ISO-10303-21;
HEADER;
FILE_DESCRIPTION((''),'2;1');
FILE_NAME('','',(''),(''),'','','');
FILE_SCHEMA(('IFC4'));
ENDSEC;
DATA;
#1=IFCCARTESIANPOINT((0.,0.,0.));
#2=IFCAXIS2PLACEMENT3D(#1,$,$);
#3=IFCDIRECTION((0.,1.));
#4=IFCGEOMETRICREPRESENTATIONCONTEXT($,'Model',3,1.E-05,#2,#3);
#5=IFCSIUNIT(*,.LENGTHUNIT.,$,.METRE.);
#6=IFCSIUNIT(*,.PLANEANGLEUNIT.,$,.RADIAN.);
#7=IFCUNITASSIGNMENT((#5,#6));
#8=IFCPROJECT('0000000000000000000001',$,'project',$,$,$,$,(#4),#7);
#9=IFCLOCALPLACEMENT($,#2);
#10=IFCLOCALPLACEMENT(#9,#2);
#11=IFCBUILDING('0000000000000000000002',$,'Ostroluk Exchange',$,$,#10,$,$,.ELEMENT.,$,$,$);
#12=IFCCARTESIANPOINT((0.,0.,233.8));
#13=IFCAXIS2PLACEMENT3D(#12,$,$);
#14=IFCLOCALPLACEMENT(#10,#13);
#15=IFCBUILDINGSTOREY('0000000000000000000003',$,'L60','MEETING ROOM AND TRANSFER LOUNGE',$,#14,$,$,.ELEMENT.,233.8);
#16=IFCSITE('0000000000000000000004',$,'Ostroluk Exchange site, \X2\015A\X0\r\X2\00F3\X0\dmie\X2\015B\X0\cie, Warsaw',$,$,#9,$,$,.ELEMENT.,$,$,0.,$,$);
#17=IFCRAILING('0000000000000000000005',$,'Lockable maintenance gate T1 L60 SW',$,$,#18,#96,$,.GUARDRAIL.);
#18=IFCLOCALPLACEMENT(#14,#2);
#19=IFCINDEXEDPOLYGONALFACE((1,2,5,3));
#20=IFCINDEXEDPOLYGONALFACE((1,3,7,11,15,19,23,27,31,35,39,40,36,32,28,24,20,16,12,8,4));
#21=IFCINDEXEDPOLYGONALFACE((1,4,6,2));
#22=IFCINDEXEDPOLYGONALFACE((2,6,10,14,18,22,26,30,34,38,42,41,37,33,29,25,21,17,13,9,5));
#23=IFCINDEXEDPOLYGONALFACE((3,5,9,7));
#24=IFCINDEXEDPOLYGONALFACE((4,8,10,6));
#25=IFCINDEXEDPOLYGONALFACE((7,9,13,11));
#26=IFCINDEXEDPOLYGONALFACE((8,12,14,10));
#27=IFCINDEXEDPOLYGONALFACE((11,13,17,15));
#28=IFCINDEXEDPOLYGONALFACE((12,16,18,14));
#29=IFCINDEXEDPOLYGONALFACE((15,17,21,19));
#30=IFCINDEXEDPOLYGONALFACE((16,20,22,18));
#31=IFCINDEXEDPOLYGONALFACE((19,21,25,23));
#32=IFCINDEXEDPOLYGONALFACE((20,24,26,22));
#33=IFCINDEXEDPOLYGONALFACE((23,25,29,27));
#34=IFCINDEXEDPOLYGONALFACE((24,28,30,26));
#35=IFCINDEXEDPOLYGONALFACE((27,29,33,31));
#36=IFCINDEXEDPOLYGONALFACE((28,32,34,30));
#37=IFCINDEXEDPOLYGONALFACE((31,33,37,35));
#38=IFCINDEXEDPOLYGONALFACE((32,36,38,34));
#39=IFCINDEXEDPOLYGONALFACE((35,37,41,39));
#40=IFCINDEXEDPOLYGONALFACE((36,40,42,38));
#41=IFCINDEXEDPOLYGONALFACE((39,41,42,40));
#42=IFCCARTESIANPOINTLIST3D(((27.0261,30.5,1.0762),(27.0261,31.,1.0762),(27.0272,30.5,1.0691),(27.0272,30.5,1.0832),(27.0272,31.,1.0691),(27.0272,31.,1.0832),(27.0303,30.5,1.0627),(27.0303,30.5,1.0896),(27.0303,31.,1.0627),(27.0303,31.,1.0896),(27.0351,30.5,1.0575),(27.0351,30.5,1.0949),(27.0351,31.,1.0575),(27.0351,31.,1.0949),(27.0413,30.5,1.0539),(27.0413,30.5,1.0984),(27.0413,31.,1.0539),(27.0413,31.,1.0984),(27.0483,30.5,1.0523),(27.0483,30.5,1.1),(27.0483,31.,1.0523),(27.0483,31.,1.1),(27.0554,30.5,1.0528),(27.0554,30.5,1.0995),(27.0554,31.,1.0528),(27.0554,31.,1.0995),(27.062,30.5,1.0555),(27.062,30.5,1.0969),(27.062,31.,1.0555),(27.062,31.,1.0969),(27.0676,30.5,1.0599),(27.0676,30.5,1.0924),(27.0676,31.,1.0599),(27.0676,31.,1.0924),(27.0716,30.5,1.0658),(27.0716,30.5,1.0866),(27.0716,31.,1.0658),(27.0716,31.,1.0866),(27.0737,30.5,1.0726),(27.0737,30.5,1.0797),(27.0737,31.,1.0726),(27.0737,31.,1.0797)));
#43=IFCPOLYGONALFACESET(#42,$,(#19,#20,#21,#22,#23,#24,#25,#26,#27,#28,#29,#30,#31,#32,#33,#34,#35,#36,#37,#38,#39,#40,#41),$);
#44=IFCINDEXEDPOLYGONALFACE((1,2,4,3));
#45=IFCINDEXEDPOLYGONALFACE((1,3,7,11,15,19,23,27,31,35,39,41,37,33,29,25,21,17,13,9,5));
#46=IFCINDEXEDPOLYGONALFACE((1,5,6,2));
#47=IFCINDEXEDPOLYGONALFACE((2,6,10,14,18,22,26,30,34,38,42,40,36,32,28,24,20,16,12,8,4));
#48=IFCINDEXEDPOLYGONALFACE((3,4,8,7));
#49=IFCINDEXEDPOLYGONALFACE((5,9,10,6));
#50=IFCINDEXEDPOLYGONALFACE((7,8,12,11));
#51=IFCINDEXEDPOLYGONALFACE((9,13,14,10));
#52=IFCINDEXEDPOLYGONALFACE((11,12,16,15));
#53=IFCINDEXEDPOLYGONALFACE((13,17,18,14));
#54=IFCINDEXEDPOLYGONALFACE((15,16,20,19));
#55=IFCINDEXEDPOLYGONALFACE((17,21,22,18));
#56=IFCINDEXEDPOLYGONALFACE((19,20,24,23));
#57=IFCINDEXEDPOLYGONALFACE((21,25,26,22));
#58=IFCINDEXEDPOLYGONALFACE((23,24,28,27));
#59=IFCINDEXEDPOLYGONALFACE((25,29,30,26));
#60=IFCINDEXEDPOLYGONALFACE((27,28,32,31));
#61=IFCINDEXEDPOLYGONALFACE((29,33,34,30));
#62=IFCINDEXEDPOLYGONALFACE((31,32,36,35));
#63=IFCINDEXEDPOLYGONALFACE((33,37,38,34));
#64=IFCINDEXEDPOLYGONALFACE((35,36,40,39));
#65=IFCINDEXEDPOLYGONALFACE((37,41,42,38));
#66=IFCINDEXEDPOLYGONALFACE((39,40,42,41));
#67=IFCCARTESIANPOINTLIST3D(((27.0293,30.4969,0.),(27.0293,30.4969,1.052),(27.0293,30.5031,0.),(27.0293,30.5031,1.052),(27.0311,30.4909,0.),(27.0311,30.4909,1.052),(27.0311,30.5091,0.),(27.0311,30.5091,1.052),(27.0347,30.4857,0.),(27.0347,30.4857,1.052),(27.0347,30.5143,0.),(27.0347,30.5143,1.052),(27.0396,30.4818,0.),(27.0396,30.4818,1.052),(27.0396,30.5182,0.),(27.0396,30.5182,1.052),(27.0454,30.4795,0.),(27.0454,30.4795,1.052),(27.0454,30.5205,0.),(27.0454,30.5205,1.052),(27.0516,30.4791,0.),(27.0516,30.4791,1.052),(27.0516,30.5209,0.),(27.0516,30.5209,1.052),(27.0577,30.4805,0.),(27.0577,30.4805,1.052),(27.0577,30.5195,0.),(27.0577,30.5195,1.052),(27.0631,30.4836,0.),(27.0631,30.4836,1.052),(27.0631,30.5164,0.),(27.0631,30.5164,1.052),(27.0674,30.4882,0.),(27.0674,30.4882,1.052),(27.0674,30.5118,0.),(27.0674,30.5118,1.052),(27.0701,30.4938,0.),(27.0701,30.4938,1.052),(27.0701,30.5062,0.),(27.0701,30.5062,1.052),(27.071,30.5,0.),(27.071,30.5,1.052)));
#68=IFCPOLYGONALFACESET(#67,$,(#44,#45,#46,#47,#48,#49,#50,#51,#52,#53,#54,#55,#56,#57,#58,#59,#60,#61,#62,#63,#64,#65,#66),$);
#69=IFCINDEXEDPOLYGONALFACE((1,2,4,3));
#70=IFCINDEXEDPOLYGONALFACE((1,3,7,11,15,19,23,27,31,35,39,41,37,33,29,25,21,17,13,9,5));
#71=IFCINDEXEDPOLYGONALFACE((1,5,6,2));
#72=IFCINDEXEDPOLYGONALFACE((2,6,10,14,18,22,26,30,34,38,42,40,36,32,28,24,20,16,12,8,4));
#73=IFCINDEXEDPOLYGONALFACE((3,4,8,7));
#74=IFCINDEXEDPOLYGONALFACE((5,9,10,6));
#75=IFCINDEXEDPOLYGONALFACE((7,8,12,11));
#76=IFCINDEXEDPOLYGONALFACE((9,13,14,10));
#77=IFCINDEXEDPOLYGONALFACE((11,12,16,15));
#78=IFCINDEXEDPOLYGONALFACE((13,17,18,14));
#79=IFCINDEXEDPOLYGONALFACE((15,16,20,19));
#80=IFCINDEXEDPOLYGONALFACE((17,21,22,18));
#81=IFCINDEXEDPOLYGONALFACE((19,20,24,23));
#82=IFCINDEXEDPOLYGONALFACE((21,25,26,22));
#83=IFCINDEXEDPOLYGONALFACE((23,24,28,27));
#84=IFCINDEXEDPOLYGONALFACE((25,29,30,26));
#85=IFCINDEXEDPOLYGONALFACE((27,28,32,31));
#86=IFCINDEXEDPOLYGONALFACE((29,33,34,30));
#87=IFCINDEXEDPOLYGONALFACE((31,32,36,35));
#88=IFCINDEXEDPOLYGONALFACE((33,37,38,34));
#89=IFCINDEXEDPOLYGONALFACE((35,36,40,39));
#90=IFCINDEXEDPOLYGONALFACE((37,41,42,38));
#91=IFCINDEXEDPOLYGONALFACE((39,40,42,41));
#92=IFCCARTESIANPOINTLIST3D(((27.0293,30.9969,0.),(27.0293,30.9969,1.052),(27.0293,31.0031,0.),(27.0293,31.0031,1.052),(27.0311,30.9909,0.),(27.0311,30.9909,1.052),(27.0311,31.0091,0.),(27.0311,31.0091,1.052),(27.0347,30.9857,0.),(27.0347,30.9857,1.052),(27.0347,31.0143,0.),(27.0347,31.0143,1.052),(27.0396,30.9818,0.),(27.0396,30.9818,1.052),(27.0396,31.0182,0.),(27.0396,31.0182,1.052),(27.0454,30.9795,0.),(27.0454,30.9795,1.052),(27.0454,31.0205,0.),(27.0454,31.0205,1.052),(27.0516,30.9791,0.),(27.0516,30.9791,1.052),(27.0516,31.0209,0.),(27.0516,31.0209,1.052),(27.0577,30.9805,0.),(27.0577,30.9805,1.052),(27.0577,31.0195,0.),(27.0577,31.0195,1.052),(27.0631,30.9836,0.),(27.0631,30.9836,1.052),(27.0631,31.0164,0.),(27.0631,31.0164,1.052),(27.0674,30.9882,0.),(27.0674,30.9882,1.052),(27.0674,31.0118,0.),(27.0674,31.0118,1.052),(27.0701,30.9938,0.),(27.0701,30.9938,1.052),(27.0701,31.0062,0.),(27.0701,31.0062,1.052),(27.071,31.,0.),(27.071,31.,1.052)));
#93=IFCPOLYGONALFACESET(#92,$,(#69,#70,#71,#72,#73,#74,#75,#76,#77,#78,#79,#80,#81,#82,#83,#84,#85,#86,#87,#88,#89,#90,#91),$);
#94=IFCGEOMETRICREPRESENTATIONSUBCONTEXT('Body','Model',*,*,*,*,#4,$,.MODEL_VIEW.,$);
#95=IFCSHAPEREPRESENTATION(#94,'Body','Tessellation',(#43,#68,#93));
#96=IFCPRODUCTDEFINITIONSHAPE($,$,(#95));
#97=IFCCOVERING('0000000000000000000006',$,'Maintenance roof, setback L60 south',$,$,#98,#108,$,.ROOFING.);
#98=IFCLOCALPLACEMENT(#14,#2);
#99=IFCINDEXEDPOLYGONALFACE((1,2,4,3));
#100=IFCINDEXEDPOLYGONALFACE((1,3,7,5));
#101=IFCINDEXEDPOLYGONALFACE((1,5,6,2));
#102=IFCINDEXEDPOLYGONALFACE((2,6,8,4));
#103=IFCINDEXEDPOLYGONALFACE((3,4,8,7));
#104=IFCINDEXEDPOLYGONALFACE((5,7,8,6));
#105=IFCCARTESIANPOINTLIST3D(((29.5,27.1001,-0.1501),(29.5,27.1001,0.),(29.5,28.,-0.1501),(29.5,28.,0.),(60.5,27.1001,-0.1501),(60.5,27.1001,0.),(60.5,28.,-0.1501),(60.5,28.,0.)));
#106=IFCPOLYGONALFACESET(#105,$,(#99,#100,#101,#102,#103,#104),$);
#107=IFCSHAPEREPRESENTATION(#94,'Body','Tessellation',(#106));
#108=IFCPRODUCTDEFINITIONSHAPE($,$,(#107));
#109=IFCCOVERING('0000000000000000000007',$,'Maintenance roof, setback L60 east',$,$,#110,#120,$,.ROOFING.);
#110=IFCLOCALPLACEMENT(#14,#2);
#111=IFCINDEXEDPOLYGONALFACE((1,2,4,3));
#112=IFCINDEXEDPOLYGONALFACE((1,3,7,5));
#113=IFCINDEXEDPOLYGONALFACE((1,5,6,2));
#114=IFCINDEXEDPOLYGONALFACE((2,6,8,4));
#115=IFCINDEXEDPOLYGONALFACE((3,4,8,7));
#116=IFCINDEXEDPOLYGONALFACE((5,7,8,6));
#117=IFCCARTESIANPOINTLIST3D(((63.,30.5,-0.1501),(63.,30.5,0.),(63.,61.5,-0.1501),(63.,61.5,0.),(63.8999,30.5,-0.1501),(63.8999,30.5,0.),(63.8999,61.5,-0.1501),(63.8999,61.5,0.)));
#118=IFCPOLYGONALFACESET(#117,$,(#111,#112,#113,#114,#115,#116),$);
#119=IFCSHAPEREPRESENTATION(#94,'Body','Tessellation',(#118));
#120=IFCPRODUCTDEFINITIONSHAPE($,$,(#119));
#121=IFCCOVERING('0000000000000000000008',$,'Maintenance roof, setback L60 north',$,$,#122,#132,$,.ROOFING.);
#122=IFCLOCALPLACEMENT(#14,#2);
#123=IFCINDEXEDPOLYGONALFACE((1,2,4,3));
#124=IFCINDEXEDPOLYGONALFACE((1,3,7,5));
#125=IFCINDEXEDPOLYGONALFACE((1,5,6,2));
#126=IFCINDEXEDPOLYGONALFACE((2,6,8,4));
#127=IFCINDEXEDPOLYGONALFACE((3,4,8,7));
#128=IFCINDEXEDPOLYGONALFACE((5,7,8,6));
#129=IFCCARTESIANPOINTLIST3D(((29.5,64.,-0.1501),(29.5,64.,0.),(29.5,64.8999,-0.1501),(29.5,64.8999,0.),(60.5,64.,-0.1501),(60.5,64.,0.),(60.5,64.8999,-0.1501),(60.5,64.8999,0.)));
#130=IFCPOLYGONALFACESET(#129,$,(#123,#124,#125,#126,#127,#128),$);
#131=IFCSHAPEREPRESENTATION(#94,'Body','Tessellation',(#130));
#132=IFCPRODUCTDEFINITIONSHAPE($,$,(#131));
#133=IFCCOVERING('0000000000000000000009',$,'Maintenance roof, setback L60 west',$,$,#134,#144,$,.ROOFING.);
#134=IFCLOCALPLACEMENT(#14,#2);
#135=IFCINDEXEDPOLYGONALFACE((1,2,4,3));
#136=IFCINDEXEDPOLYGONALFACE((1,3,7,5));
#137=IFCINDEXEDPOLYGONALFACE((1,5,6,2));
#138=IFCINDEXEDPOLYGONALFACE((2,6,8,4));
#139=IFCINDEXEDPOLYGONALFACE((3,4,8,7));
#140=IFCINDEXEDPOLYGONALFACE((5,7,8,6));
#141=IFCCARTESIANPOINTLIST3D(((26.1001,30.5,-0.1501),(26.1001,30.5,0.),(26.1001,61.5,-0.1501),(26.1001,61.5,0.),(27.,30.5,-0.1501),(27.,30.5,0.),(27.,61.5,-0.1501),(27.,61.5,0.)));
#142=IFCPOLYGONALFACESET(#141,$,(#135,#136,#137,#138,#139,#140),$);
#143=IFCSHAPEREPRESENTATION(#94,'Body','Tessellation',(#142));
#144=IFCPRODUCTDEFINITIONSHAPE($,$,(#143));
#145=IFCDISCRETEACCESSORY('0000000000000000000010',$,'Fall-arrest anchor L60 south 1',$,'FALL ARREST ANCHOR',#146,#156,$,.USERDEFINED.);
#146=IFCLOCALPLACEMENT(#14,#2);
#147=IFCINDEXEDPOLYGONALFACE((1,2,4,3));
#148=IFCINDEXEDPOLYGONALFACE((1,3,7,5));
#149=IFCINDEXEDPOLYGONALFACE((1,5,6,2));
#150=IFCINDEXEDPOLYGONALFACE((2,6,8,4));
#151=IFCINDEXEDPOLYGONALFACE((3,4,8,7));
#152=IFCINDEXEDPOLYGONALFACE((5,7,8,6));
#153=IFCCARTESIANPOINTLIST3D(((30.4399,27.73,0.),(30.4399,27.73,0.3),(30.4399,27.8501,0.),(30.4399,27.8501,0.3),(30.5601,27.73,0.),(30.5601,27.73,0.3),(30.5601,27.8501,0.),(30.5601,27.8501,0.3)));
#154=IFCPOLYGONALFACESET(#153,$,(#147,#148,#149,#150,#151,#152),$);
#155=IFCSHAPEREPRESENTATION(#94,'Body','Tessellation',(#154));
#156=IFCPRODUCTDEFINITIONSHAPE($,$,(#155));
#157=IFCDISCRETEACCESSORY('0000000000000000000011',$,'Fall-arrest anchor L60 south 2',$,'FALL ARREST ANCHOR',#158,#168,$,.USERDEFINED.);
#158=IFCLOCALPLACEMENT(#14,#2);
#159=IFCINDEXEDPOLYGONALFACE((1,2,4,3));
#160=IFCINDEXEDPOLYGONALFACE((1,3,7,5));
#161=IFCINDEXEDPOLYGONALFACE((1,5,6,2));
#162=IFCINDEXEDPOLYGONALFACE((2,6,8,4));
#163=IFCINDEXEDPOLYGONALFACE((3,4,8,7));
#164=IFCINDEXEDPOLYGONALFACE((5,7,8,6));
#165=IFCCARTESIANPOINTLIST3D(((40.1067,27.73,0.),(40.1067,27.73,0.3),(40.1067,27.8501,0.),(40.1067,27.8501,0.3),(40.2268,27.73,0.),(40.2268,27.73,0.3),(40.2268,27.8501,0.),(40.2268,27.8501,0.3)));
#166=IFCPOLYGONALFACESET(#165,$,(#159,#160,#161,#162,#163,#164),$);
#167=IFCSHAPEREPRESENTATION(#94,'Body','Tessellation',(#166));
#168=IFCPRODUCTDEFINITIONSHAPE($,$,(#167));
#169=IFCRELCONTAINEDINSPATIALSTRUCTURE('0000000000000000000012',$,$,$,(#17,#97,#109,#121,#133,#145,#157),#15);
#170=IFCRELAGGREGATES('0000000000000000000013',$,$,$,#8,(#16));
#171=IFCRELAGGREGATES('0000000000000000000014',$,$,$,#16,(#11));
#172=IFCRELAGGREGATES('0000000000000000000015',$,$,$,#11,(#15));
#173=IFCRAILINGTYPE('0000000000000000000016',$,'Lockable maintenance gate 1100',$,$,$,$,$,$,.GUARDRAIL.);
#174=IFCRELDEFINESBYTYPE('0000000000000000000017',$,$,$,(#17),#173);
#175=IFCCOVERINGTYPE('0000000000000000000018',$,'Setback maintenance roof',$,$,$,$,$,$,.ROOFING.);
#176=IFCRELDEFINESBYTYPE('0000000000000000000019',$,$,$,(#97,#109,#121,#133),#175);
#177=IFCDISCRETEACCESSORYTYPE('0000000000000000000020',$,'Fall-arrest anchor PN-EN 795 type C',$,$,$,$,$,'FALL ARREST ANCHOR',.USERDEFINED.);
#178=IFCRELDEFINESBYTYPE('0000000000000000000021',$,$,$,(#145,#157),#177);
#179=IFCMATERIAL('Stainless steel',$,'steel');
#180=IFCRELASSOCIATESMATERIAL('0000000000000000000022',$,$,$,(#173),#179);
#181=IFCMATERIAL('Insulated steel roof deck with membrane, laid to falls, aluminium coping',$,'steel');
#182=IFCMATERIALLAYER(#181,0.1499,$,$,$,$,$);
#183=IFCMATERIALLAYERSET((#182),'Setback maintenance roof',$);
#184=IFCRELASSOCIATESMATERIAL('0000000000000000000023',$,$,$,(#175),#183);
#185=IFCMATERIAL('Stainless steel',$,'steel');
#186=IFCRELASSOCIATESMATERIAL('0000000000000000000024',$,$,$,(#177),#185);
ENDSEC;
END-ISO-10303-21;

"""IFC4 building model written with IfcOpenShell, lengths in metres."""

from ifc_helpers import new_model, si_unit, direction, frame, origin, origin_2d, place, context, subcontext, project, spatial, polyline, rectangle, circle, outline, extrude, material, layer, layer_set, type_object, element, save


model = new_model("IFC4")

# Units and contexts
model_context = context("Model", 3, precision=1e-05, world=origin(), true_north=direction((0.0, 1.0)))
body_context = subcontext(model_context, "Body", "Model", "MODEL_VIEW")
ifc_project = project(units=[si_unit("LENGTHUNIT", "METRE"), si_unit("PLANEANGLEUNIT", "RADIAN")], contexts=[model_context])

# Site, building, storey
site_placement = place(None, origin())
site = spatial("IfcSite", under=ifc_project, at=site_placement, Name="Ostroluk Exchange site, Śródmieście, Warsaw", CompositionType="ELEMENT", RefElevation=0.0)
building_placement = place(site_placement, origin())
building = spatial("IfcBuilding", under=site, at=building_placement, Name="Ostroluk Exchange", CompositionType="ELEMENT")
storey_placement = place(building_placement, frame((0.0, 0.0, 233.8)))
storey = spatial("IfcBuildingStorey", under=building, at=storey_placement, Name="L60", Description="MEETING ROOM AND TRANSFER LOUNGE", CompositionType="ELEMENT", Elevation=233.8)

# Railing
ifc_material_1 = material(Name="Stainless steel", Category="steel")
railing_type_1 = type_object("IfcRailingType", Name="Lockable maintenance gate 1100", PredefinedType="GUARDRAIL", material=ifc_material_1)
railing_1_placement = place(storey_placement, frame((27.05, 30.5, 0.0)))
element("IfcRailing", 1, at=railing_1_placement, inside=storey, type_object=railing_type_1, Name="Lockable maintenance gate T1 L60 SW", PredefinedType="GUARDRAIL", context=body_context, shape_type="SweptSolid", body=[
    extrude(circle(Radius=0.0239, at=origin_2d()), frame((0.0, 0.0, 1.0762), z_axis=(0.0, 1.0, 0.0), x_axis=(-1.0, 0.0, 0.0)), (0.0, 0.0, 1.0), 0.5),
    extrude(circle(Radius=0.021, at=origin_2d()), origin(), (0.0, 0.0, 1.0), 1.052),
    extrude(circle(Radius=0.021, at=origin_2d()), frame((0.0, 0.5, 0.0)), (0.0, 0.0, 1.0), 1.052),
])

# Coverings
ifc_material_2 = material(Name="Insulated steel roof deck with membrane, laid to falls, aluminium coping", Category="steel")
ifc_layer_1 = layer(ifc_material_2, 0.1499)
ifc_layer_set_1 = layer_set([ifc_layer_1], Name="Setback maintenance roof")
covering_type = type_object("IfcCoveringType", Name="Setback maintenance roof", PredefinedType="ROOFING", material=ifc_layer_set_1)
covering_1_placement = place(storey_placement, frame((0.0, 0.0, -0.1501)))
element("IfcCovering", 2, at=covering_1_placement, inside=storey, type_object=covering_type, Name="Maintenance roof, setback L60 south", PredefinedType="ROOFING", context=body_context, shape_type="SweptSolid", body=[
    extrude(outline(polyline([(29.5, 28.0), (60.5, 28.0), (60.5, 27.1001), (29.5, 27.1001), (29.5, 28.0)])), origin(), (0.0, 0.0, 1.0), 0.1501),
])
covering_2_placement = place(storey_placement, frame((0.0, 0.0, -0.1501)))
element("IfcCovering", 3, at=covering_2_placement, inside=storey, type_object=covering_type, Name="Maintenance roof, setback L60 east", PredefinedType="ROOFING", context=body_context, shape_type="SweptSolid", body=[
    extrude(outline(polyline([(63.0, 61.5), (63.8999, 61.5), (63.8999, 30.5), (63.0, 30.5), (63.0, 61.5)])), origin(), (0.0, 0.0, 1.0), 0.1501),
])
covering_3_placement = place(storey_placement, frame((0.0, 0.0, -0.1501)))
element("IfcCovering", 4, at=covering_3_placement, inside=storey, type_object=covering_type, Name="Maintenance roof, setback L60 north", PredefinedType="ROOFING", context=body_context, shape_type="SweptSolid", body=[
    extrude(outline(polyline([(29.5, 64.8999), (60.5, 64.8999), (60.5, 64.0), (29.5, 64.0), (29.5, 64.8999)])), origin(), (0.0, 0.0, 1.0), 0.1501),
])
covering_4_placement = place(storey_placement, frame((0.0, 0.0, -0.1501)))
element("IfcCovering", 5, at=covering_4_placement, inside=storey, type_object=covering_type, Name="Maintenance roof, setback L60 west", PredefinedType="ROOFING", context=body_context, shape_type="SweptSolid", body=[
    extrude(outline(polyline([(26.1001, 61.5), (27.0, 61.5), (27.0, 30.5), (26.1001, 30.5), (26.1001, 61.5)])), origin(), (0.0, 0.0, 1.0), 0.1501),
])

# Discrete accessories
ifc_material_3 = material(Name="Stainless steel", Category="steel")
discrete_accessory_type = type_object("IfcDiscreteAccessoryType", Name="Fall-arrest anchor PN-EN 795 type C", ElementType="FALL ARREST ANCHOR", PredefinedType="USERDEFINED", material=ifc_material_3)
for number, where, z_axis, x_axis, name in (
    (6, (30.5, 27.79, 0.0), (0.0, 0.0, 1.0), (1.0, 0.0, 0.0), "Fall-arrest anchor L60 south 1"),
    (7, (40.1667, 27.79, 0.0), (0.0, 0.0, 1.0), (1.0, 0.0, 0.0), "Fall-arrest anchor L60 south 2"),
):
    element("IfcDiscreteAccessory", number, at=place(storey_placement, frame(where, z_axis=z_axis, x_axis=x_axis)), inside=storey, type_object=discrete_accessory_type, Name=name, ObjectType="FALL ARREST ANCHOR", PredefinedType="USERDEFINED", context=body_context, shape_type="SweptSolid", body=[
        extrude(rectangle(XDim=0.1201, YDim=0.1201, at=origin_2d()), origin(), (0.0, 0.0, 1.0), 0.3),
    ])

save(model, "model.ifc")
